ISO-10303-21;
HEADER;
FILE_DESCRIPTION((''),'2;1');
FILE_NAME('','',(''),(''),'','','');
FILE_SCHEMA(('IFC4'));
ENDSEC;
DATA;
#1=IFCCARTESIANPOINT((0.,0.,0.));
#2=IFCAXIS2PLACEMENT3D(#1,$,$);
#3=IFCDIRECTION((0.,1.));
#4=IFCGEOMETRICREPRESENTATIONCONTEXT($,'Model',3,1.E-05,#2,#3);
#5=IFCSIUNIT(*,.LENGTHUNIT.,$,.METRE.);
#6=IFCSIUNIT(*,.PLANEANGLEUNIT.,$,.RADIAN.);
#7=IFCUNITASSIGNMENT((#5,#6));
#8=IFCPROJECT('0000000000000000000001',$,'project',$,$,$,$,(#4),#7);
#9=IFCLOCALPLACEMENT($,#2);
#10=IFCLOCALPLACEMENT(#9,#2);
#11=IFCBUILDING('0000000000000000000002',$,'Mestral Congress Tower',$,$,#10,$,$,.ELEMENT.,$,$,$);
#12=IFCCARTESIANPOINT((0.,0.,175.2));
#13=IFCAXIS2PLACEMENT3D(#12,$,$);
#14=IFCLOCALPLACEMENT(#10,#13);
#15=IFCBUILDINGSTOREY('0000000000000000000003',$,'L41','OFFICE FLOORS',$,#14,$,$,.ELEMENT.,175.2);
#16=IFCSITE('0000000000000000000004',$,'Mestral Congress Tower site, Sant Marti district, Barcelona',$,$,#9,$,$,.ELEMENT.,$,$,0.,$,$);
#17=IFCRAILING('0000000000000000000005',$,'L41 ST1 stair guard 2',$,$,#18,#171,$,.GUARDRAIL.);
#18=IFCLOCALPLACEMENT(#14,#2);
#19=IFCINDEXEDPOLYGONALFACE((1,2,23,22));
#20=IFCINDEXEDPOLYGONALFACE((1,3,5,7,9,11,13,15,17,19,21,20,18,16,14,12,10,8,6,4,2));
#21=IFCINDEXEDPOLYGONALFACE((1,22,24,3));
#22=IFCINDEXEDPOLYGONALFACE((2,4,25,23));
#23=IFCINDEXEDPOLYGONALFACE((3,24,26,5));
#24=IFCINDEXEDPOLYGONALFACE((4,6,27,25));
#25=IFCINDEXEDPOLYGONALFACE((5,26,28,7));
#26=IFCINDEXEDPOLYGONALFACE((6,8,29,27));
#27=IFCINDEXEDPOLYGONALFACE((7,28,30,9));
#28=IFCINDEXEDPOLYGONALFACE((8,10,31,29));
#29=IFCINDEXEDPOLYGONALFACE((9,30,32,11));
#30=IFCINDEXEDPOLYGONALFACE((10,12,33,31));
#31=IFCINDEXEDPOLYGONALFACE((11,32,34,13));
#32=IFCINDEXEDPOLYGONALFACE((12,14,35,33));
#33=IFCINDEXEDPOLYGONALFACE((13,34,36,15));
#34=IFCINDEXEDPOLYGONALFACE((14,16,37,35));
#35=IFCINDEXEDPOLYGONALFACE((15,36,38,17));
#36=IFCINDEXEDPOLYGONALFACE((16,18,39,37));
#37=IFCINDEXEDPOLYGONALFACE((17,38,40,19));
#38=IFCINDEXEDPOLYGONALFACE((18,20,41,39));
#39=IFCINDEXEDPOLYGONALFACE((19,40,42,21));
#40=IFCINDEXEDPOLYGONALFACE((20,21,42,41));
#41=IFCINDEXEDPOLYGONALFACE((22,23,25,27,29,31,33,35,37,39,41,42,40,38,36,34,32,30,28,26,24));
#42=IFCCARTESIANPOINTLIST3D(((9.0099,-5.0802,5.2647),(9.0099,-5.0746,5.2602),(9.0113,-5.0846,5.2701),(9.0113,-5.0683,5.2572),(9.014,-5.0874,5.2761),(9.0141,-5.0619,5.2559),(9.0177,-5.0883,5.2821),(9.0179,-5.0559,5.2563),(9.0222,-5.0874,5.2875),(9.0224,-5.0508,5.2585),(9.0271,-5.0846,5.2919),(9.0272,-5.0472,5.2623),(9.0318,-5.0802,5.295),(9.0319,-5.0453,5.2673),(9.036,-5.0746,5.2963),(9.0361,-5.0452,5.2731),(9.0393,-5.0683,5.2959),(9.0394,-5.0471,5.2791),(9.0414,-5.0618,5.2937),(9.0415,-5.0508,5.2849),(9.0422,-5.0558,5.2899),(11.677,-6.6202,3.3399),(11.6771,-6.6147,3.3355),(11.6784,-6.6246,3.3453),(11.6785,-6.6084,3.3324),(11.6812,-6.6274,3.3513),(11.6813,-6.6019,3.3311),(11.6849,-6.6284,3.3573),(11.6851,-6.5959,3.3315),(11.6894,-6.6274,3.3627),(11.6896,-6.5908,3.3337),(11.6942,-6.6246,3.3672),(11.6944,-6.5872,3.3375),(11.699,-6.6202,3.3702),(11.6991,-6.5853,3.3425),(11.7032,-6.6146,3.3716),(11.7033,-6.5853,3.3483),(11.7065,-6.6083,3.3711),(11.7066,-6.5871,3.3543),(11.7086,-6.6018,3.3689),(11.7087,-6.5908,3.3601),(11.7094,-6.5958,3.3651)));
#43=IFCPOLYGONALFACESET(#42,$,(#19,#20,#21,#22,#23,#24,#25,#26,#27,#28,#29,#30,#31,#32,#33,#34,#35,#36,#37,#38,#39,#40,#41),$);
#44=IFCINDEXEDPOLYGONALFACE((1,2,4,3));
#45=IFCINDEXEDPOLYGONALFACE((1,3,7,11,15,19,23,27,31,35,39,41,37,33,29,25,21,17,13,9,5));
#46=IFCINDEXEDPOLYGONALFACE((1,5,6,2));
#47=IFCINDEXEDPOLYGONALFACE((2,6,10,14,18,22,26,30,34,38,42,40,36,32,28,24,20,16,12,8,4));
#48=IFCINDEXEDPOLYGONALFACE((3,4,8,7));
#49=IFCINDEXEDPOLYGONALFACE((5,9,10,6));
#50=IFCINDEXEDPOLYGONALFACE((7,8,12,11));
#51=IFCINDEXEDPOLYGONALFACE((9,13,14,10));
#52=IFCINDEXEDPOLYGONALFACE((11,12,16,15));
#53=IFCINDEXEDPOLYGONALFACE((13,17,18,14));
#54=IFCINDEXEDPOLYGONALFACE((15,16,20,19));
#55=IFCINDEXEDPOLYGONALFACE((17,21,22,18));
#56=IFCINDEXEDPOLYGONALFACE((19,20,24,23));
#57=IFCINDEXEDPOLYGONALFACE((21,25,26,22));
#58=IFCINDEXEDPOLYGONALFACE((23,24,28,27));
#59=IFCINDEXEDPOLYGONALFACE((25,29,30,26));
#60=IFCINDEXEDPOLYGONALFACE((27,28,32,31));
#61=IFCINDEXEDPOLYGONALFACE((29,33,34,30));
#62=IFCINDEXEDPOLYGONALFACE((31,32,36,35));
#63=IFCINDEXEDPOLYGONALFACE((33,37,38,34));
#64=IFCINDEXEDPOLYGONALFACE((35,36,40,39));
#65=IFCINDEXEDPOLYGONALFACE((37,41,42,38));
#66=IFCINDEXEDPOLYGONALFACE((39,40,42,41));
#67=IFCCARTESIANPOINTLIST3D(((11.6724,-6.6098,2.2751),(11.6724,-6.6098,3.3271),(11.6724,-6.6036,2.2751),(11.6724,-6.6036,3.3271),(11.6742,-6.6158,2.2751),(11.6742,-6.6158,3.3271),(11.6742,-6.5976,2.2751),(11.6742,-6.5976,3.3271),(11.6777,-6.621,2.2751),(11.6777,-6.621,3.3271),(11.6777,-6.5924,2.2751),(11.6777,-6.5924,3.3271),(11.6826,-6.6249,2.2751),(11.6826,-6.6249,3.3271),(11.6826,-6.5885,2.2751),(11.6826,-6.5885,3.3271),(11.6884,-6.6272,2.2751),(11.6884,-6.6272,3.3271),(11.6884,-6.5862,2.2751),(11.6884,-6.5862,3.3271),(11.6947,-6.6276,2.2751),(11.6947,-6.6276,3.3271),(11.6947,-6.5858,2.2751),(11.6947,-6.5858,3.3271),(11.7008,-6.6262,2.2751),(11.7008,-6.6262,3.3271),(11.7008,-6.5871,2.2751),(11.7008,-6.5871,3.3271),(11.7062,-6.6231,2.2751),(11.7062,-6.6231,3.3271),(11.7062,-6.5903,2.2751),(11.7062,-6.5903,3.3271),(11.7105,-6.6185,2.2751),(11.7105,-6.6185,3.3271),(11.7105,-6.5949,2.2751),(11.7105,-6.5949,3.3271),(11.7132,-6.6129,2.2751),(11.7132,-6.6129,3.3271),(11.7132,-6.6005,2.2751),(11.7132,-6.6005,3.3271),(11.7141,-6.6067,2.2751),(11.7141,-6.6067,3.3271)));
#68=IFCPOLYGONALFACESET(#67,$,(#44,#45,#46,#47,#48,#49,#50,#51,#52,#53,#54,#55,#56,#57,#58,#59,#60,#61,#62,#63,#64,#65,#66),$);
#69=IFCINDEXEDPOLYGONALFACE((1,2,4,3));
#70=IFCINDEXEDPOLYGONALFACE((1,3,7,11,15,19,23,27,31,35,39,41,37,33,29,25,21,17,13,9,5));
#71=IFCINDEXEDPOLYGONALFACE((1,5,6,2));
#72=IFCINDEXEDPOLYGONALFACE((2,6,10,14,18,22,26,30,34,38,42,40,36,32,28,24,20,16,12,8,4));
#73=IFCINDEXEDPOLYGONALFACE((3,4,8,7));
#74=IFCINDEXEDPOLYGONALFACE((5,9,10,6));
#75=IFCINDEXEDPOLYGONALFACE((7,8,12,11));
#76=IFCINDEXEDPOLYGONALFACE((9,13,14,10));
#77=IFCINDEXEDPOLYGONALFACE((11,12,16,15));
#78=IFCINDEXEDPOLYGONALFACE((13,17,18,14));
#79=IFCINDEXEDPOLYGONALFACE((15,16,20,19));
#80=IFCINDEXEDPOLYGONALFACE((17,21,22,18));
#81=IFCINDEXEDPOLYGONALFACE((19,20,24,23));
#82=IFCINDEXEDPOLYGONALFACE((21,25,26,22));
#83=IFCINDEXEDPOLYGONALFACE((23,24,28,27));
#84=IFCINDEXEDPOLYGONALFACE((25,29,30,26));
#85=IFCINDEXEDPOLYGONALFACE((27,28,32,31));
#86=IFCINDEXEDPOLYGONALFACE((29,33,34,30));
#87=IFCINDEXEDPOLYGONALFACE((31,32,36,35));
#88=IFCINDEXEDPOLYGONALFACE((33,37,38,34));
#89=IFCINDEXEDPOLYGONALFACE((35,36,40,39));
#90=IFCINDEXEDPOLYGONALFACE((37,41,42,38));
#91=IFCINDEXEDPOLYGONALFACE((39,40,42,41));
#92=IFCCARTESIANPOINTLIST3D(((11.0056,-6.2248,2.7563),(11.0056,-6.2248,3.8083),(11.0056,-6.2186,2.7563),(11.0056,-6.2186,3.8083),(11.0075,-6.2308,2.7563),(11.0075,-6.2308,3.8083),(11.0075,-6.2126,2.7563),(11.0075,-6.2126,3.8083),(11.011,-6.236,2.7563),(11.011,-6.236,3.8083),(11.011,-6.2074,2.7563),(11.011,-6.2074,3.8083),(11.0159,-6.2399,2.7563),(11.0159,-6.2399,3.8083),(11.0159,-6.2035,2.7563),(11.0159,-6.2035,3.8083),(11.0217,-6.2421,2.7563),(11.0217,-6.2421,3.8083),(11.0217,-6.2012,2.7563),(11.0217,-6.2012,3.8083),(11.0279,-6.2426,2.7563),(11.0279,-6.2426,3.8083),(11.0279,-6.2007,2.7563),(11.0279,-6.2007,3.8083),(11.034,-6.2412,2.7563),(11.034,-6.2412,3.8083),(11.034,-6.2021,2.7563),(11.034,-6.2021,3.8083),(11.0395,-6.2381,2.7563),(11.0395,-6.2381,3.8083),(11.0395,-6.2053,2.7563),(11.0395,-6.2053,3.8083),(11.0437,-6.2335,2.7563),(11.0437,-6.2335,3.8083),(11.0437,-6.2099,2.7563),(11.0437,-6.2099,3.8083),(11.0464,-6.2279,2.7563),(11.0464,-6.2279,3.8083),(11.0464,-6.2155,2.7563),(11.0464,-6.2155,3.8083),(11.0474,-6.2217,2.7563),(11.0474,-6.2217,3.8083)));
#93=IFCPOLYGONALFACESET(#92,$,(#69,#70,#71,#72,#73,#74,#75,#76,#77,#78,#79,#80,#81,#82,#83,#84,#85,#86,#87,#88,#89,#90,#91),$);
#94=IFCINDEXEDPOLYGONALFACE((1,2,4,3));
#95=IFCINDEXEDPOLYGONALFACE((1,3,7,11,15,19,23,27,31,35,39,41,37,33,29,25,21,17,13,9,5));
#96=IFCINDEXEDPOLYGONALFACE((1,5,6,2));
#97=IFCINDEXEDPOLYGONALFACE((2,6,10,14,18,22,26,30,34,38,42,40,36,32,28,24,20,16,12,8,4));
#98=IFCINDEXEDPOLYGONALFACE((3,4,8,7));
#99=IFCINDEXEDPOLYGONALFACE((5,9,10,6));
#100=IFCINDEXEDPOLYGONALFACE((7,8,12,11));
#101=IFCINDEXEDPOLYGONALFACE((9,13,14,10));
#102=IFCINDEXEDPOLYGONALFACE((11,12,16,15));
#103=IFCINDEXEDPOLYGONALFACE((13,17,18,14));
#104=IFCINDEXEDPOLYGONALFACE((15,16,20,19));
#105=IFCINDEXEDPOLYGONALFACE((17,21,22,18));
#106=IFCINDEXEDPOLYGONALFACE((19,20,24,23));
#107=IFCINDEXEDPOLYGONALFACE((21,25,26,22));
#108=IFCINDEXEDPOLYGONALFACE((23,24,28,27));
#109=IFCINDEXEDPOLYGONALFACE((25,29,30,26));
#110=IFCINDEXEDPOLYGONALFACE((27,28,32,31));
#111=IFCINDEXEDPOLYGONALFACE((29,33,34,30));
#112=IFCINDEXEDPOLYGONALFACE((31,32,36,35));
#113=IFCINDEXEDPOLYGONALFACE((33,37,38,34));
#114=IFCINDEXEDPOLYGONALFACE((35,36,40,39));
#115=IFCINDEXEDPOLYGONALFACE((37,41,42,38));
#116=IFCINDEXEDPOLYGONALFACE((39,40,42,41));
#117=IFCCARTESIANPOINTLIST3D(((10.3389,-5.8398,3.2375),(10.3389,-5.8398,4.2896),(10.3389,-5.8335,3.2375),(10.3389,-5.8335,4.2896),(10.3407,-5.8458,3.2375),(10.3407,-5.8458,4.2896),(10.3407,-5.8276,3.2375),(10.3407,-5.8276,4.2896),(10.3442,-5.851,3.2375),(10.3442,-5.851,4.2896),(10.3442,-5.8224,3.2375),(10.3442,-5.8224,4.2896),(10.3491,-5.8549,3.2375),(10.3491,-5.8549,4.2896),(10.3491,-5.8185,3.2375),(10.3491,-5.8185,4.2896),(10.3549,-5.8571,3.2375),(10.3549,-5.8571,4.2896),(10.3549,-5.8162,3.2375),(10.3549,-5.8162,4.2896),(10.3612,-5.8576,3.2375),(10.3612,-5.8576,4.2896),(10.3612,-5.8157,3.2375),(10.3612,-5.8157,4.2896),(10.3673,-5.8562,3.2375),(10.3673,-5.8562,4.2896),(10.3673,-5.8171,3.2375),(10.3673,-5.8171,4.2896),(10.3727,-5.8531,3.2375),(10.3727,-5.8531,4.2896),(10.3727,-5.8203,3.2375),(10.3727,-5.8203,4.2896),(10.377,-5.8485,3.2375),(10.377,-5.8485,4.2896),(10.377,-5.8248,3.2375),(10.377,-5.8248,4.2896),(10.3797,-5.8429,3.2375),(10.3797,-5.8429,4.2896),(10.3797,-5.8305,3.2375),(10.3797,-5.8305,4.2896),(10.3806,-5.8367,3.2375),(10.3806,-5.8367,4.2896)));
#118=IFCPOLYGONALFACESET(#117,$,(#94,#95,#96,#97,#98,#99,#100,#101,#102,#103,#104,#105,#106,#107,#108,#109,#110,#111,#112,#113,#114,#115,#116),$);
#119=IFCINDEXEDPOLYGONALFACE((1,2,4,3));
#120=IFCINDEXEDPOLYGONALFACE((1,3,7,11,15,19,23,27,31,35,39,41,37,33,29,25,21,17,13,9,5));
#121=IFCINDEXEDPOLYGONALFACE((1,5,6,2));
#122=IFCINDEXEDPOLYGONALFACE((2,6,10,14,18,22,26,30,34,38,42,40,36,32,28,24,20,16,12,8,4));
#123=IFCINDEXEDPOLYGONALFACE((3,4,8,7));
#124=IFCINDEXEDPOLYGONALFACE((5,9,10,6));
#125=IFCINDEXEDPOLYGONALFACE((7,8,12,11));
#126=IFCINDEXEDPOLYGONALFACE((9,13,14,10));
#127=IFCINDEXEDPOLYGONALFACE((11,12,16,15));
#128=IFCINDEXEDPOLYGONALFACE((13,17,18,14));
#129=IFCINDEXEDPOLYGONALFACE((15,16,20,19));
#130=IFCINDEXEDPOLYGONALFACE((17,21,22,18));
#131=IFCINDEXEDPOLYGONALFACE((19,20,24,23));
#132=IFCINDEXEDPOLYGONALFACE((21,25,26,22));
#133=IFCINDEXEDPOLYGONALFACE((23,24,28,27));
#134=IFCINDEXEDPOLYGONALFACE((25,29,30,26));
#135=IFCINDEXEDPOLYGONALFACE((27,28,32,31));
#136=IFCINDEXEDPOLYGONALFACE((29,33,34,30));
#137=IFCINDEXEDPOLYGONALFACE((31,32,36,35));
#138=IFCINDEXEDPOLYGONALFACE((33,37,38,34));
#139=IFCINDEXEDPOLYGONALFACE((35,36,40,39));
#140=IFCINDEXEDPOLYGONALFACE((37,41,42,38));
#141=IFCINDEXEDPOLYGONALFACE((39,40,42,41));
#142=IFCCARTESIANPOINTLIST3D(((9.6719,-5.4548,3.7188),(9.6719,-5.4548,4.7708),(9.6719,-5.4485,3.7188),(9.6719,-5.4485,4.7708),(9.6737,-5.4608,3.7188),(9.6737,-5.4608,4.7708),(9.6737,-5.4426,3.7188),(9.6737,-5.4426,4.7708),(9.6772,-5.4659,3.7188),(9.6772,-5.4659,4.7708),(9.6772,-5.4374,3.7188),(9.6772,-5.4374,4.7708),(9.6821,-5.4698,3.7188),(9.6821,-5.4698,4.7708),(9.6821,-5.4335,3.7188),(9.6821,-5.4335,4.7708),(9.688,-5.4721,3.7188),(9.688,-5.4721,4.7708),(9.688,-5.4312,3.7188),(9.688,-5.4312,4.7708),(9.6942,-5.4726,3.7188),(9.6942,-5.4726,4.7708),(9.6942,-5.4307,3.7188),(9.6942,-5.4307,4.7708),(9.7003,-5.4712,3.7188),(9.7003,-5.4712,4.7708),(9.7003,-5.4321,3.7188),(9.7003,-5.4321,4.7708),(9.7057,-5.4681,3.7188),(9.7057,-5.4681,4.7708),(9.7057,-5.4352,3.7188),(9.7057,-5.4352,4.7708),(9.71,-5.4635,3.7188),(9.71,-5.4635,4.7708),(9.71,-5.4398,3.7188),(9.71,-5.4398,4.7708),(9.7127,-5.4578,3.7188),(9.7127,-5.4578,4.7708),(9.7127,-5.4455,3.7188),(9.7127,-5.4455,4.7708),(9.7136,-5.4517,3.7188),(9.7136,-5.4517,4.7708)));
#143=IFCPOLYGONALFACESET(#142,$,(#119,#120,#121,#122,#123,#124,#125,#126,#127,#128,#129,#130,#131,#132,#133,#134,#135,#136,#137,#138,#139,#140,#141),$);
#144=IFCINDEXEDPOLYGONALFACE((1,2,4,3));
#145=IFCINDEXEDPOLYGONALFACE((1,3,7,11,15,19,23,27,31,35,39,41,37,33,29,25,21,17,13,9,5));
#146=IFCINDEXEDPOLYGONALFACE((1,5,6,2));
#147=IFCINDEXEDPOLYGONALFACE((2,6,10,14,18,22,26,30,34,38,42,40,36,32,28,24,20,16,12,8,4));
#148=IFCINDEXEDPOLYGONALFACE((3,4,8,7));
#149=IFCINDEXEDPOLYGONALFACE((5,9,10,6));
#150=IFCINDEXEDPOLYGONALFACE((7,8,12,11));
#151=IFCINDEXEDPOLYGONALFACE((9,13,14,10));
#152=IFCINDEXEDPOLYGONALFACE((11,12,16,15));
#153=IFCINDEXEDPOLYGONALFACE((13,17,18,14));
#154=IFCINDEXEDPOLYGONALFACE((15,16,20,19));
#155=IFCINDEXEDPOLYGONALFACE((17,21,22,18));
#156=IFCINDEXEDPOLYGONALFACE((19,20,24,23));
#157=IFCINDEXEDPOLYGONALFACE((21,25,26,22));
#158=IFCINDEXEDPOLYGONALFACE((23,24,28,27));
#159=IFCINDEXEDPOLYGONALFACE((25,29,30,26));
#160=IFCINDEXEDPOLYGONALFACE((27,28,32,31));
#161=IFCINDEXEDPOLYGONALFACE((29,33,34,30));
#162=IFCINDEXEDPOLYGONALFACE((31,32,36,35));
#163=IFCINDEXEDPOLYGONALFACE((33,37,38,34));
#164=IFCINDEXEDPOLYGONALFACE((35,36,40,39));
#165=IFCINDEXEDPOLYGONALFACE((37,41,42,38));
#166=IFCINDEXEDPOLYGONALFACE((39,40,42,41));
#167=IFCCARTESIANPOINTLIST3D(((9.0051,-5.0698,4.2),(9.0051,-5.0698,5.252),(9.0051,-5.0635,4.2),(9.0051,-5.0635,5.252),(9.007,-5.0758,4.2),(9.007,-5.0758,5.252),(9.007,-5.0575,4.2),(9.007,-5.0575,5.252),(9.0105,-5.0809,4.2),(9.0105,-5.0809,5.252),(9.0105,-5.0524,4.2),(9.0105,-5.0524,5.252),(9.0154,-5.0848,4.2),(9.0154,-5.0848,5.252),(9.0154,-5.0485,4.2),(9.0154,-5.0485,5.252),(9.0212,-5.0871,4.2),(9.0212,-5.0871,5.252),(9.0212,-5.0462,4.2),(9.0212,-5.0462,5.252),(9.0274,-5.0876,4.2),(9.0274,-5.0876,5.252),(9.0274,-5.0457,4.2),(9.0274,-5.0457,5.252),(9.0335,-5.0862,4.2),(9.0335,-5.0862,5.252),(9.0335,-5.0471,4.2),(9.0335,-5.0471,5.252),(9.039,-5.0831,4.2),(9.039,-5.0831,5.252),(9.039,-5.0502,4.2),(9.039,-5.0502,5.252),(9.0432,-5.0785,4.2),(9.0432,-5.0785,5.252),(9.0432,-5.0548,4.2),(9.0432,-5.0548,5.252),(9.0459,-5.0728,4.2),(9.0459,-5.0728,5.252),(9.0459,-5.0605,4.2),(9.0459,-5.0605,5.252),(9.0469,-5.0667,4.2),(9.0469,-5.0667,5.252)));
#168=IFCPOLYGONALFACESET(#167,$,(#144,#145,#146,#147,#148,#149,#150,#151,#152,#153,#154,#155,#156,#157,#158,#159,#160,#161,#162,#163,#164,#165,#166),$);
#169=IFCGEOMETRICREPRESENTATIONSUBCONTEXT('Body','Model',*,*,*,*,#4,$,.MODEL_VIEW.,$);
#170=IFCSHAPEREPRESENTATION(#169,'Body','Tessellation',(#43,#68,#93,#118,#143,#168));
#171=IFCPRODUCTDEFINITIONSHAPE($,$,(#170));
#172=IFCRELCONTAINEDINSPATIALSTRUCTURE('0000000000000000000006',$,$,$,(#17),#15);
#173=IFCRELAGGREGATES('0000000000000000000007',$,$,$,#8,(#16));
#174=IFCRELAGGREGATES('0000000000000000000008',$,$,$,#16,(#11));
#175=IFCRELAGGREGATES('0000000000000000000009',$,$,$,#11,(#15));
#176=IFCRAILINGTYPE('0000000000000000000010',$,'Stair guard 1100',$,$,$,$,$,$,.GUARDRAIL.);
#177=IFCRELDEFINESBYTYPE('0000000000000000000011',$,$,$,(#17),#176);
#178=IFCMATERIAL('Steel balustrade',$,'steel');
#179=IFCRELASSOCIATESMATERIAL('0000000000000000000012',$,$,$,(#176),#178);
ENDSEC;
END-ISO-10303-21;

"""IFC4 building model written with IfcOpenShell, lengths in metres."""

from ifc_helpers import new_model, si_unit, direction, frame, origin, origin_2d, place, context, subcontext, project, spatial, circle, extrude, material, type_object, element, save


model = new_model("IFC4")

# Units and contexts
model_context = context("Model", 3, precision=1e-05, world=origin(), true_north=direction((0.0, 1.0)))
body_context = subcontext(model_context, "Body", "Model", "MODEL_VIEW")
ifc_project = project(units=[si_unit("LENGTHUNIT", "METRE"), si_unit("PLANEANGLEUNIT", "RADIAN")], contexts=[model_context])

# Site, building, storey
site_placement = place(None, origin())
site = spatial("IfcSite", under=ifc_project, at=site_placement, Name="Mestral Congress Tower site, Sant Marti district, Barcelona", CompositionType="ELEMENT", RefElevation=0.0)
building_placement = place(site_placement, origin())
building = spatial("IfcBuilding", under=site, at=building_placement, Name="Mestral Congress Tower", CompositionType="ELEMENT")
storey_placement = place(building_placement, frame((0.0, 0.0, 175.2)))
storey = spatial("IfcBuildingStorey", under=building, at=storey_placement, Name="L41", Description="OFFICE FLOORS", CompositionType="ELEMENT", Elevation=175.2)

# Railing
ifc_material_1 = material(Name="Steel balustrade", Category="steel")
railing_type_1 = type_object("IfcRailingType", Name="Stair guard 1100", PredefinedType="GUARDRAIL", material=ifc_material_1)
railing_1_placement = place(storey_placement, frame((11.6931, -6.6067, 2.2751)))
element("IfcRailing", 1, at=railing_1_placement, inside=storey, type_object=railing_type_1, Name="L41 ST1 stair guard 2", PredefinedType="GUARDRAIL", context=body_context, shape_type="SweptSolid", body=[
    extrude(circle(Radius=0.0239, at=origin_2d()), frame((0.0, 0.0, 1.0762), z_axis=(-0.73439, 0.424031, 0.529971), x_axis=(-0.500027, -0.86601, 0.0)), (0.0, 0.0, 1.0), 3.6318),
    extrude(circle(Radius=0.021, at=origin_2d()), origin(), (0.0, 0.0, 1.0), 1.052),
    extrude(circle(Radius=0.021, at=origin_2d()), frame((-0.6667, 0.385, 0.4812)), (0.0, 0.0, 1.0), 1.052),
    extrude(circle(Radius=0.021, at=origin_2d()), frame((-1.3335, 0.77, 0.9624)), (0.0, 0.0, 1.0), 1.052),
    extrude(circle(Radius=0.021, at=origin_2d()), frame((-2.0005, 1.155, 1.4436)), (0.0, 0.0, 1.0), 1.052),
    extrude(circle(Radius=0.021, at=origin_2d()), frame((-2.6672, 1.54, 1.9248)), (0.0, 0.0, 1.0), 1.052),
])

save(model, "model.ifc")
